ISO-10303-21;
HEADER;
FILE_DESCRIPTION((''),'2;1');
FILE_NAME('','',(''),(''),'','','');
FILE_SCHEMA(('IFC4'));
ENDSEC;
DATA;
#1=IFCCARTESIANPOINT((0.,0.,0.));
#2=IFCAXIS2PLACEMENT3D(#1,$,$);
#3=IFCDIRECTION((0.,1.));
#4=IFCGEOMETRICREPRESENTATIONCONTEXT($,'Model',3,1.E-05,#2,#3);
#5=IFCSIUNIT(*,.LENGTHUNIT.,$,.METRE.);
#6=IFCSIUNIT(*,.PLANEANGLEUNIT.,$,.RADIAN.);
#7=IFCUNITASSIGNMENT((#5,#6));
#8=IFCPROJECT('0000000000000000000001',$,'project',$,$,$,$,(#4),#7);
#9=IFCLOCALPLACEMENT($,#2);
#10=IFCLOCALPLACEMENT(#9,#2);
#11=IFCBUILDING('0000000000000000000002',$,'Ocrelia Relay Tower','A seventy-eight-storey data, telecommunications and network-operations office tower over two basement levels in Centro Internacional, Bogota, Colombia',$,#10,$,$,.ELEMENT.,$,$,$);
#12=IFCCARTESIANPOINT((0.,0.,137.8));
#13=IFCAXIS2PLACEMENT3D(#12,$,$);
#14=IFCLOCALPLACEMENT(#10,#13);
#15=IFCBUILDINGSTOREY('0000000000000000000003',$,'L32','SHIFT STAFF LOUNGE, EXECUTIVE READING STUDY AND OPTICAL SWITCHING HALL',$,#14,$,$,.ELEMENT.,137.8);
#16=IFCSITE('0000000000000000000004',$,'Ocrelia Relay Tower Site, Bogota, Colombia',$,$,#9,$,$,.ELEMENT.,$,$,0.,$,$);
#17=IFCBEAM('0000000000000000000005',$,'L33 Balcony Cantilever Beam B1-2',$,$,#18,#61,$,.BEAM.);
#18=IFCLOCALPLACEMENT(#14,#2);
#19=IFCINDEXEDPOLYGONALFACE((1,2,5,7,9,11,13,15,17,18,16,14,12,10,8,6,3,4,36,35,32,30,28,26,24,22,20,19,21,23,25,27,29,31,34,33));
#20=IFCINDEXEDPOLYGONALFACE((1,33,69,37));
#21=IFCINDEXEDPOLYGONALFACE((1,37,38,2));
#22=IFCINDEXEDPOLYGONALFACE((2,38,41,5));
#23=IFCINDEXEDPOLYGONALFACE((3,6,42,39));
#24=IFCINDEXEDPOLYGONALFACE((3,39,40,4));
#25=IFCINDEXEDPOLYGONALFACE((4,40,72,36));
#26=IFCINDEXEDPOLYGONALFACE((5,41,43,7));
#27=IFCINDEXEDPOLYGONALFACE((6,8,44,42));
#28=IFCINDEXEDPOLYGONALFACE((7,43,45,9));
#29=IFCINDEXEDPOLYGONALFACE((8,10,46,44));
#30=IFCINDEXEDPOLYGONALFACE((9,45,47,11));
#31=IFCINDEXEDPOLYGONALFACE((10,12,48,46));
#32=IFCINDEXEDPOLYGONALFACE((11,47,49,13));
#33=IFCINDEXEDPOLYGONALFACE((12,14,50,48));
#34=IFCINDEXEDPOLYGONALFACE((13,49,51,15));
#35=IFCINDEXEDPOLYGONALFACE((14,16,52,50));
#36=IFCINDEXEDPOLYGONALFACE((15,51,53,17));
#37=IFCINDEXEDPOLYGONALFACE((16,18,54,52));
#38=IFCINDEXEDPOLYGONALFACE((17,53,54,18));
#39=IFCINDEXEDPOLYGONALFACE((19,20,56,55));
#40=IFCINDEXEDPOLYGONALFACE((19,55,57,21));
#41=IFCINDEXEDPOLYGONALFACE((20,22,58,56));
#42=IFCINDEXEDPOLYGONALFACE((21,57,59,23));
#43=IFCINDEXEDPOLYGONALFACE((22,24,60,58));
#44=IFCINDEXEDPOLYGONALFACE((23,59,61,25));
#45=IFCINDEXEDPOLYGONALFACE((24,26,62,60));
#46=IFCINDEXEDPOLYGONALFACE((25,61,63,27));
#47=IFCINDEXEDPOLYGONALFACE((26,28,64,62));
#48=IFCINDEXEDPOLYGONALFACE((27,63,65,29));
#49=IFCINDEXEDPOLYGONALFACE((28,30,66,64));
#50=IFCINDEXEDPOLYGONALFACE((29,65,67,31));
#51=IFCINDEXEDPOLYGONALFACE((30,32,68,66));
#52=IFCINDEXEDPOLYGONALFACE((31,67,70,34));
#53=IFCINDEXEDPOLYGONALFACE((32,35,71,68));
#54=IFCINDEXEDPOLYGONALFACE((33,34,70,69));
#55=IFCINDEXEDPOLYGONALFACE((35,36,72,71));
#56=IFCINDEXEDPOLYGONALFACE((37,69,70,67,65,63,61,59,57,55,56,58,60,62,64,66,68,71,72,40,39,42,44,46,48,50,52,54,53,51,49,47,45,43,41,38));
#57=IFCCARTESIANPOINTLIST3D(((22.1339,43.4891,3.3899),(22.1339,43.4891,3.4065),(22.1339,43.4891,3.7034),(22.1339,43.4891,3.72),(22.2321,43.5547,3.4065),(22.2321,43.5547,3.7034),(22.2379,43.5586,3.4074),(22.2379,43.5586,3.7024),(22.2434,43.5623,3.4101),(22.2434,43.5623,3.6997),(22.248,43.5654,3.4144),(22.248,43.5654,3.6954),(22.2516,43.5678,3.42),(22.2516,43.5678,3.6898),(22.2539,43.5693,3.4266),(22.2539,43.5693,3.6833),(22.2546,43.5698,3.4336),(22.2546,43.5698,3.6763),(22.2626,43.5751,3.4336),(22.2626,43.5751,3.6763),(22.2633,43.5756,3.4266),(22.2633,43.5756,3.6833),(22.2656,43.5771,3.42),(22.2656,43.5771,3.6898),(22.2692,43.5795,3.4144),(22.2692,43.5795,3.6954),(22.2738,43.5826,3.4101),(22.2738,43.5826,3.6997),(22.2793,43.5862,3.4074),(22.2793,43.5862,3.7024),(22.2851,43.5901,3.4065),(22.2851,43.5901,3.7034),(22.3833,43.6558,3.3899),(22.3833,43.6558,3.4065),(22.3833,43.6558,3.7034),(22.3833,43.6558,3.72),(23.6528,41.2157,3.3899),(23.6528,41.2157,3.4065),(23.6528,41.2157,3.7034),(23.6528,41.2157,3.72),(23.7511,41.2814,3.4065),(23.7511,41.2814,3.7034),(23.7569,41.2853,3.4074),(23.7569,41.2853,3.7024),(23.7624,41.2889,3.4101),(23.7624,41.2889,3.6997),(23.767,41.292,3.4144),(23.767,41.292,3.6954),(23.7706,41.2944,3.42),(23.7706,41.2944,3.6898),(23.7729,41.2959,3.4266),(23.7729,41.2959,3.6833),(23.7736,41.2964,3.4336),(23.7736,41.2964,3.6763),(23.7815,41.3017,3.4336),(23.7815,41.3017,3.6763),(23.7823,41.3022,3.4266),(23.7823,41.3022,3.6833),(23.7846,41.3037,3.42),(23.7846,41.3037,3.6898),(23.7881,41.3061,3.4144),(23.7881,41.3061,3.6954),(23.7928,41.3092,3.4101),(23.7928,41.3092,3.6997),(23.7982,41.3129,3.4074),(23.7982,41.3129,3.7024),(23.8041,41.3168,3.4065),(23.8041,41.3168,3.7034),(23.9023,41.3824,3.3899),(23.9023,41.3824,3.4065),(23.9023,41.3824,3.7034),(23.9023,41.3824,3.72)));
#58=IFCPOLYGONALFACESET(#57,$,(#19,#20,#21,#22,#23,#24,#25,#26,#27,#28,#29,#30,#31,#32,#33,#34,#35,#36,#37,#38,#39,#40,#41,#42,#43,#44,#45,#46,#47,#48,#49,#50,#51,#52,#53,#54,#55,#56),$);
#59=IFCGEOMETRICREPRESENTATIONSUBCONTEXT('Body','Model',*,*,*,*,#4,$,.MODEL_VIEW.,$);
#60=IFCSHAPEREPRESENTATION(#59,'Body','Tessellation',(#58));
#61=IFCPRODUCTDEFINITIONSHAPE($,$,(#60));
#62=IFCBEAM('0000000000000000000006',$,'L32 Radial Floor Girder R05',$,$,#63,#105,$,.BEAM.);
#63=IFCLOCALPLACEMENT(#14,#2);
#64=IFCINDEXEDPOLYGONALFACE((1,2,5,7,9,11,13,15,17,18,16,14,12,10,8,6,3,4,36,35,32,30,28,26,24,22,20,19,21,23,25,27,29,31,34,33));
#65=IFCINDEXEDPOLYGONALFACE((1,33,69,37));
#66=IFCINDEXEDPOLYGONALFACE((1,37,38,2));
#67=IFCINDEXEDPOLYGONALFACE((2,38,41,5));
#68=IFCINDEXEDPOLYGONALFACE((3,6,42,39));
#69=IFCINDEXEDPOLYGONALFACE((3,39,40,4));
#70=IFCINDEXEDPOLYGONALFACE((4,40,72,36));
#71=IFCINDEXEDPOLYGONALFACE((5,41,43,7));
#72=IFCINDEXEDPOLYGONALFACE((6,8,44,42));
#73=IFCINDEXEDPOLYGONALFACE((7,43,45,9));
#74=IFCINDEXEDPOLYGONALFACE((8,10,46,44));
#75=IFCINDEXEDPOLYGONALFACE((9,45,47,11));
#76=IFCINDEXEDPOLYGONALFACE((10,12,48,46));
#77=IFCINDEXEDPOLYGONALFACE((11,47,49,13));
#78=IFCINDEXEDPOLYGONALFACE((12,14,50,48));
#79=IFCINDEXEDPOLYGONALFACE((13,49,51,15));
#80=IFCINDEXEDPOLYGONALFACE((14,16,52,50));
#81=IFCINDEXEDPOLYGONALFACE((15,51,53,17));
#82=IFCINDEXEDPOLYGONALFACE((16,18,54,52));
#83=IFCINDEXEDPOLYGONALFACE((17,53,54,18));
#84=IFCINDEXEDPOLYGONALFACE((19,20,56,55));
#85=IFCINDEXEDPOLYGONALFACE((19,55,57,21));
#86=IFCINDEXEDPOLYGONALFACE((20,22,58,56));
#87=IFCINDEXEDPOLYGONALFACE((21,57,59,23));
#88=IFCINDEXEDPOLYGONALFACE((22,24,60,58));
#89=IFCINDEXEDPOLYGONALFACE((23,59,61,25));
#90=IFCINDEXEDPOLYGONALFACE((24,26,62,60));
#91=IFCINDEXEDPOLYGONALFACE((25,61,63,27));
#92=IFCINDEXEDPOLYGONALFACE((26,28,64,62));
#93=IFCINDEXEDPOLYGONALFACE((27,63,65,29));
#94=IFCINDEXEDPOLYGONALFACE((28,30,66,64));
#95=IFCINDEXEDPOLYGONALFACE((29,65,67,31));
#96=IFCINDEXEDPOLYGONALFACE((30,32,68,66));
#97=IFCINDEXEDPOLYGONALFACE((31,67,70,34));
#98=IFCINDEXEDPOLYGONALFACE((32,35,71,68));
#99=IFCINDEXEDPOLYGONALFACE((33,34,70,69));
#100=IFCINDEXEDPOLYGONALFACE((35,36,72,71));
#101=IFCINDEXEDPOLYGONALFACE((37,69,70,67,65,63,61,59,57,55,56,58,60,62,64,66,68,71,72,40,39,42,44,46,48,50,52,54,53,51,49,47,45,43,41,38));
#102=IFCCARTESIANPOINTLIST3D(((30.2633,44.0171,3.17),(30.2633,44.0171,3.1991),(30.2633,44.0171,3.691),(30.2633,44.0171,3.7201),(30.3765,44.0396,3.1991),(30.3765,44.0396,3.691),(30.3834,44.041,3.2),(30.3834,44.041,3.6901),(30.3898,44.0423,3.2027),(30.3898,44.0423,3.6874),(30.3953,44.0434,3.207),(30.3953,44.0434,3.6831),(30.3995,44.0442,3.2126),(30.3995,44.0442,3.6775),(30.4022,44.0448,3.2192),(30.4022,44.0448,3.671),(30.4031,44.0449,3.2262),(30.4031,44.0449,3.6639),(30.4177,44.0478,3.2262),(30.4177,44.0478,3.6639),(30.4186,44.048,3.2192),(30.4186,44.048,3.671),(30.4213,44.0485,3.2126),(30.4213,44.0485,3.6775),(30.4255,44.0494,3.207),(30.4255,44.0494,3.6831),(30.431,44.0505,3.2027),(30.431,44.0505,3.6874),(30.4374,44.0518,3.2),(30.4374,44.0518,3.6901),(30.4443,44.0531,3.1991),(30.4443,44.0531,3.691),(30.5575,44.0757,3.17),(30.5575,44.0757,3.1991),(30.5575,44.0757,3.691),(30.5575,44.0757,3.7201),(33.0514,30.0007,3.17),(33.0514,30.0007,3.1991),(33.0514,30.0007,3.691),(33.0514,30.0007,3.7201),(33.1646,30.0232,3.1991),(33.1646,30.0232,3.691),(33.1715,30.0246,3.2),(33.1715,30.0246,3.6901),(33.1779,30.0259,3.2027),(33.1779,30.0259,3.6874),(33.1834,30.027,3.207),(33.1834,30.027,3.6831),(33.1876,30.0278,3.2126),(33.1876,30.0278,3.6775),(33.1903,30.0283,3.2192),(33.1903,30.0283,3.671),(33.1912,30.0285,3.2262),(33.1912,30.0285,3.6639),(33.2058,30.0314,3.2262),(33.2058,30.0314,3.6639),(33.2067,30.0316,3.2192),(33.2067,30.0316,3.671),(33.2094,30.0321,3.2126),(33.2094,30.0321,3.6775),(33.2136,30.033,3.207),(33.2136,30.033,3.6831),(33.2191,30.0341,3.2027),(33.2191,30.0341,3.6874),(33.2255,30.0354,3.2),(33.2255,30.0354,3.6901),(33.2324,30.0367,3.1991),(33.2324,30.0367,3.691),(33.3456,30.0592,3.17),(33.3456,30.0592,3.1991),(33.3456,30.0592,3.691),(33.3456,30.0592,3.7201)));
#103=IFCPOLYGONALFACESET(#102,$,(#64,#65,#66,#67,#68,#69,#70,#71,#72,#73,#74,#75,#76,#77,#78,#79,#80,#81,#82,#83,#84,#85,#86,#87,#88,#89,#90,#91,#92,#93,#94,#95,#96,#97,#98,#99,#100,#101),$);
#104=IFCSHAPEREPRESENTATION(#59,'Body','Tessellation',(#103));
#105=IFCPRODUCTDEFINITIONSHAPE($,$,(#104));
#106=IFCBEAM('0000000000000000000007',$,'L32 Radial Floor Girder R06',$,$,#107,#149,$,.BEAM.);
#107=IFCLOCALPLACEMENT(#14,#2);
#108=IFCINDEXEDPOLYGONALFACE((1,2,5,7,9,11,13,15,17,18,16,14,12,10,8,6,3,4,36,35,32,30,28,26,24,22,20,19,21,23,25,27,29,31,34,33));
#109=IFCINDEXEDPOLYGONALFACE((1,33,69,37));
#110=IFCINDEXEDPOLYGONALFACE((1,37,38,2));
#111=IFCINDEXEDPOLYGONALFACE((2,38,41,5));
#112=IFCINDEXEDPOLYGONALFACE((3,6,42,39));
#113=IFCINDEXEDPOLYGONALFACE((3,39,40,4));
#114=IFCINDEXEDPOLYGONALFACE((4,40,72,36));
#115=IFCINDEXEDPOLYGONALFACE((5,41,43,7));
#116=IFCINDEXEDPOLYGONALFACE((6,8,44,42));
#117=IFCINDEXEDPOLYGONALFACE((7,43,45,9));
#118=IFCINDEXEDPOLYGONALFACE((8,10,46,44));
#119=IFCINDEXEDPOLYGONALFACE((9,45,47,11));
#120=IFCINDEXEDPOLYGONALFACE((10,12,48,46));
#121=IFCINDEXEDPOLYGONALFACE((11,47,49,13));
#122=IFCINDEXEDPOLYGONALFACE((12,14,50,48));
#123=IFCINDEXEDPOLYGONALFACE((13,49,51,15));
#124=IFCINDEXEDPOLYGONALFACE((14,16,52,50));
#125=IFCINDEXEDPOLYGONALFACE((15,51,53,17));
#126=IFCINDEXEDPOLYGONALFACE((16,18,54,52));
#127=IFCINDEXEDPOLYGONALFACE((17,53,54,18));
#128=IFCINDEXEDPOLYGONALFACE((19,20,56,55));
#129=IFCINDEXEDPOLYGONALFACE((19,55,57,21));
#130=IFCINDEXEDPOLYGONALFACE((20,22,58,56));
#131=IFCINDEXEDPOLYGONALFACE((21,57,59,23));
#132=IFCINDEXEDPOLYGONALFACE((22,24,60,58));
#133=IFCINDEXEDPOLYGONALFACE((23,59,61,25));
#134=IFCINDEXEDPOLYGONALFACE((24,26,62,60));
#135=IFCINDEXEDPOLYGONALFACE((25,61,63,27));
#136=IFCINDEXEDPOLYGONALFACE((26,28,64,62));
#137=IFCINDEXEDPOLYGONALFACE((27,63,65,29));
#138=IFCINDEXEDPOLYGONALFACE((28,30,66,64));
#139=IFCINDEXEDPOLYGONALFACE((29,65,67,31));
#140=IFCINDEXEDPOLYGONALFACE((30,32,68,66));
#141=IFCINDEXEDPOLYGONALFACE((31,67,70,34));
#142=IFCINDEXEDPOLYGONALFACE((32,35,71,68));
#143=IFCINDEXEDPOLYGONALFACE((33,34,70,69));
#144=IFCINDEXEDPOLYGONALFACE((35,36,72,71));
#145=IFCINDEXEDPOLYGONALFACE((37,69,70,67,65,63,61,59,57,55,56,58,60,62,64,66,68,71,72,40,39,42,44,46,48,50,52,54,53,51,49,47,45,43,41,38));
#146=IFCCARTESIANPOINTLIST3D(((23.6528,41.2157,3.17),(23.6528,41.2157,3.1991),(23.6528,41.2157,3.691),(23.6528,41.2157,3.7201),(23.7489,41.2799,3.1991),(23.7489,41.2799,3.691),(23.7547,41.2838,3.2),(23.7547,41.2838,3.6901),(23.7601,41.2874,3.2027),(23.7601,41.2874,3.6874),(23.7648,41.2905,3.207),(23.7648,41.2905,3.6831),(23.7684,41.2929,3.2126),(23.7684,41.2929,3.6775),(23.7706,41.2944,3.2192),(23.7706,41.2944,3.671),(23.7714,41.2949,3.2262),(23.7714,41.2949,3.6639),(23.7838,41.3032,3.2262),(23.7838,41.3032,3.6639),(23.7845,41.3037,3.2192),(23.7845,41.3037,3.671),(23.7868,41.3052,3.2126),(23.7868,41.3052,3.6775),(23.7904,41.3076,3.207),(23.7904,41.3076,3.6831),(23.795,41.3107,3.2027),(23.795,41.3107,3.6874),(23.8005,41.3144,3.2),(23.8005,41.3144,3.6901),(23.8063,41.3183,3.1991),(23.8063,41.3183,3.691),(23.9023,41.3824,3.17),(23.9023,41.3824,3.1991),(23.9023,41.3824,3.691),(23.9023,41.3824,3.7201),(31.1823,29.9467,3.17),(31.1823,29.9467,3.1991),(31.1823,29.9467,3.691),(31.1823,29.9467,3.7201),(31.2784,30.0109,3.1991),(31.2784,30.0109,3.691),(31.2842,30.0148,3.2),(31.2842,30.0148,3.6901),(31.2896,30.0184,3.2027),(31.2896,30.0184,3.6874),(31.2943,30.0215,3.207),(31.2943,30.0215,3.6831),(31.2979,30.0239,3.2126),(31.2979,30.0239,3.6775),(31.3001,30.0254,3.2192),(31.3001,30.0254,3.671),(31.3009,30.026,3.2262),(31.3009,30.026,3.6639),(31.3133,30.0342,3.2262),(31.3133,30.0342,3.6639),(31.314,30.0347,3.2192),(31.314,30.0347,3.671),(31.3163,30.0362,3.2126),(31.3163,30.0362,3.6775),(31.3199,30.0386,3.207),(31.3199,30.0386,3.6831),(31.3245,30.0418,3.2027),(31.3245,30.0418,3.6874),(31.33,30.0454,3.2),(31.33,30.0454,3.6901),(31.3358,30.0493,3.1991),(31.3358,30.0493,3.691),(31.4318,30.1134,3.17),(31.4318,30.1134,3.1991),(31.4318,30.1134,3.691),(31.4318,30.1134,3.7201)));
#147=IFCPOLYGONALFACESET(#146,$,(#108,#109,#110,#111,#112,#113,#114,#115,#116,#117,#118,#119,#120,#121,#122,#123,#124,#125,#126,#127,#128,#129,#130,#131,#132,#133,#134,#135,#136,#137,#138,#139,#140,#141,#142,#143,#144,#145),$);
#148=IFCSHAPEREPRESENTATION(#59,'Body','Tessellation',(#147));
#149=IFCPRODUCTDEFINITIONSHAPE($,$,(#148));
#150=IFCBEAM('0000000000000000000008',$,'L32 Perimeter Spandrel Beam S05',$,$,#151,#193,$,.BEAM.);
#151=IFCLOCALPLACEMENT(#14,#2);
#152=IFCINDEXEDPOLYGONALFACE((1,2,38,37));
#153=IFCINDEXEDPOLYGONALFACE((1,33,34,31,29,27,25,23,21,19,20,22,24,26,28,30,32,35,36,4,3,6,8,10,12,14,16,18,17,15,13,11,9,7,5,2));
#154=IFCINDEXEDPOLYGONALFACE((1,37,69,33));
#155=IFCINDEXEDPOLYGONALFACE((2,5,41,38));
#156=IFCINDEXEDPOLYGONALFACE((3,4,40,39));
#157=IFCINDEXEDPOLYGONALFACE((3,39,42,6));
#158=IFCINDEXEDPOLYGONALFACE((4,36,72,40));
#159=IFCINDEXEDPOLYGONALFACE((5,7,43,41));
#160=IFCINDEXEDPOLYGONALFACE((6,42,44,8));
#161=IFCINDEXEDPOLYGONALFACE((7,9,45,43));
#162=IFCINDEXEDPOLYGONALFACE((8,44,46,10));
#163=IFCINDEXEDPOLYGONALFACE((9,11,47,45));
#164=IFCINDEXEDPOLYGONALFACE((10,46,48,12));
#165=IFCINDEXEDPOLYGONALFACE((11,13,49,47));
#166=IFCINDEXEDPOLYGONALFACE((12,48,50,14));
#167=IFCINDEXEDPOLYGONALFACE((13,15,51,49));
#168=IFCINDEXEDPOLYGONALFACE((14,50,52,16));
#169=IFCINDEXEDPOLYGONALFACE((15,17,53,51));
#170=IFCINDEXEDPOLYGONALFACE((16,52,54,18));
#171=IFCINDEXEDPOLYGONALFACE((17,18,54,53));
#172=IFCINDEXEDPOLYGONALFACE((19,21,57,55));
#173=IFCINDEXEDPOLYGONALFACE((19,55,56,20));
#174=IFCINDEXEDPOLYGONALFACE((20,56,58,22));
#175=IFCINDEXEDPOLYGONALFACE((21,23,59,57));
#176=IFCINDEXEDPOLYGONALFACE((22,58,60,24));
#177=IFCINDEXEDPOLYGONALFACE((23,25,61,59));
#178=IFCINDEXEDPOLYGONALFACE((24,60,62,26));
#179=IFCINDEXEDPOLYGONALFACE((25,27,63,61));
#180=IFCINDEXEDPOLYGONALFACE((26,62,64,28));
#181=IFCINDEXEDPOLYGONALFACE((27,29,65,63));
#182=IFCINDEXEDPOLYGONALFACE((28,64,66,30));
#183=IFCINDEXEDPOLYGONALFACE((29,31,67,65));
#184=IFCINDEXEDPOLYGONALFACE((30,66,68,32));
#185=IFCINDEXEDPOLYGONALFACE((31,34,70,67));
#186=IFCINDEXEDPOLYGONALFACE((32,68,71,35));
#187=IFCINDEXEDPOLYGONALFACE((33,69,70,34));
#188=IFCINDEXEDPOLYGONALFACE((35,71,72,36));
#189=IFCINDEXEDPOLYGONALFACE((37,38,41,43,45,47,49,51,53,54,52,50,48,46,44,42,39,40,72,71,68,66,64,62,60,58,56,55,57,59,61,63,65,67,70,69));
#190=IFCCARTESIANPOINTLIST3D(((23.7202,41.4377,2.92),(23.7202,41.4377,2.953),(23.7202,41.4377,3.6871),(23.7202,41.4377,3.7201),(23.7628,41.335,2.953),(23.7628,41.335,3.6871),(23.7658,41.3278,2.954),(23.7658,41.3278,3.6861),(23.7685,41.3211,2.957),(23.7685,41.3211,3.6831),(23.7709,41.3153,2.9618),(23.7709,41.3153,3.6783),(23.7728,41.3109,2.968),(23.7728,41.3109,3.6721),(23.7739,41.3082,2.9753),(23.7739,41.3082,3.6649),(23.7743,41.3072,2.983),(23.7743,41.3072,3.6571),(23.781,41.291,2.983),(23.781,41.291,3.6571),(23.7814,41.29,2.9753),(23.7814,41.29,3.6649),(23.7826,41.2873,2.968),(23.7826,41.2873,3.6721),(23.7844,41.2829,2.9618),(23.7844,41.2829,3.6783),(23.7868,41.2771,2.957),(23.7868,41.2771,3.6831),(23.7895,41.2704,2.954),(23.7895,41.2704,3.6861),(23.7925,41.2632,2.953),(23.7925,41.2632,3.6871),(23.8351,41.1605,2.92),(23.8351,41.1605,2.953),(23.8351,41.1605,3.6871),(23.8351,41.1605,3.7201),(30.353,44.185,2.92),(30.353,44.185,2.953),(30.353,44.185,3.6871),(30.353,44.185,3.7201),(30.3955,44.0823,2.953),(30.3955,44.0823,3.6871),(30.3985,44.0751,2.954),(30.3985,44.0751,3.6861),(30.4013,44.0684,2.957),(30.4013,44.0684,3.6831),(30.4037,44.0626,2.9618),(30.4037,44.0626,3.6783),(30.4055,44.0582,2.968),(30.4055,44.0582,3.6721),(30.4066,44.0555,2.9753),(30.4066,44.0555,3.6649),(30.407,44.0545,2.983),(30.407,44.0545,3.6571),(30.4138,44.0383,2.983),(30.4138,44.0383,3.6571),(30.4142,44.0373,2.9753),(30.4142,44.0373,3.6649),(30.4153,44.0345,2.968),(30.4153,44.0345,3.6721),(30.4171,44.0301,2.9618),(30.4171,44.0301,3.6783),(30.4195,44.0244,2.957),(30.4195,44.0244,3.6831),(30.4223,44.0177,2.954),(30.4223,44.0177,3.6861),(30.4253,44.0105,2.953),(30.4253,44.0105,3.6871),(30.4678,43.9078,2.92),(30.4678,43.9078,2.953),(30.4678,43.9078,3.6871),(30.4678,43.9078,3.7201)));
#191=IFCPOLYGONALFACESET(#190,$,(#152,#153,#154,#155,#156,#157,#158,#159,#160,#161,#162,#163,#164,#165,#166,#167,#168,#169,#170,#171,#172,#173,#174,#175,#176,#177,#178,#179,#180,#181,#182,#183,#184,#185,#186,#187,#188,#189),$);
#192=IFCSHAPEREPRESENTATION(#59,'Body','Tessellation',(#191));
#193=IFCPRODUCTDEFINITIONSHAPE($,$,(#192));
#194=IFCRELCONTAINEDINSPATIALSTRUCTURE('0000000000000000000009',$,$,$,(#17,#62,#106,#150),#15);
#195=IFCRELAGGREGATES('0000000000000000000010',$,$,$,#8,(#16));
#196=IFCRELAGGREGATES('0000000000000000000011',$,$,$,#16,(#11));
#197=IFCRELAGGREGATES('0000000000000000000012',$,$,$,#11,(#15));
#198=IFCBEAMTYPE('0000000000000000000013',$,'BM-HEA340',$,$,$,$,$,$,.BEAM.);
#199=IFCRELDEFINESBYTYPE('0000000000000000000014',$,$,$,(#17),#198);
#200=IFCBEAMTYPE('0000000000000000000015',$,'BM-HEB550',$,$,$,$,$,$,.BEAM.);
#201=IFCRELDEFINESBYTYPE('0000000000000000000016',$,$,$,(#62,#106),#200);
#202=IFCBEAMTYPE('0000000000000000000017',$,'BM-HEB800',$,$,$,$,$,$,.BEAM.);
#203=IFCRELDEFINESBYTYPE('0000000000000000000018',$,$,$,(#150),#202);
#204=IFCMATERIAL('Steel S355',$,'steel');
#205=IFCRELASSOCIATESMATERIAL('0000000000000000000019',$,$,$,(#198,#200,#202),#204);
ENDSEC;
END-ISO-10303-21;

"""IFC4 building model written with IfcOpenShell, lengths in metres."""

from ifc_helpers import new_model, si_unit, direction, frame, origin, origin_2d, place, context, subcontext, project, spatial, i_section, extrude, material, material_profile, profile_set, type_object, element, save


model = new_model("IFC4")

# Units and contexts
model_context = context("Model", 3, precision=1e-05, world=origin(), true_north=direction((0.0, 1.0)))
body_context = subcontext(model_context, "Body", "Model", "MODEL_VIEW")
ifc_project = project(units=[si_unit("LENGTHUNIT", "METRE"), si_unit("PLANEANGLEUNIT", "RADIAN")], contexts=[model_context])

# Site, building, storey
site_placement = place(None, origin())
site = spatial("IfcSite", under=ifc_project, at=site_placement, Name="Ocrelia Relay Tower Site, Bogota, Colombia", CompositionType="ELEMENT", RefElevation=0.0)
building_placement = place(site_placement, origin())
building = spatial("IfcBuilding", under=site, at=building_placement, Name="Ocrelia Relay Tower", Description="A seventy-eight-storey data, telecommunications and network-operations office tower over two basement levels in Centro Internacional, Bogota, Colombia", CompositionType="ELEMENT")
storey_placement = place(building_placement, frame((0.0, 0.0, 137.8)))
storey = spatial("IfcBuildingStorey", under=building, at=storey_placement, Name="L32", Description="SHIFT STAFF LOUNGE, EXECUTIVE READING STUDY AND OPTICAL SWITCHING HALL", CompositionType="ELEMENT", Elevation=137.8)

# Beams
ifc_material_1 = material(Name="Steel S355", Category="steel")
ifc_material_profile_1 = material_profile(ifc_material_1, i_section(OverallWidth=0.3, OverallDepth=0.3301, WebThickness=0.0095, FlangeThickness=0.0166, FilletRadius=0.0271, at=origin_2d()), Name="HEA 340")
ifc_profile_set_1 = profile_set([ifc_material_profile_1], Name="Steel S355")
beam_type_1 = type_object("IfcBeamType", Name="BM-HEA340", PredefinedType="BEAM", material=ifc_profile_set_1)
beam_1_placement = place(storey_placement, frame((23.7776, 41.2991, 3.5549), z_axis=(-0.555565, 0.831473, 0.0), x_axis=(-0.831473, -0.555565, 0.0)))
element("IfcBeam", 1, at=beam_1_placement, inside=storey, type_object=beam_type_1, Name="L33 Balcony Cantilever Beam B1-2", PredefinedType="BEAM", context=body_context, shape_type="SweptSolid", body=[
    extrude(i_section(OverallWidth=0.3, OverallDepth=0.3301, WebThickness=0.0095, FlangeThickness=0.0166, FilletRadius=0.0271, at=origin_2d()), origin(), (0.0, 0.0, 1.0), 2.7341),
])
ifc_material_profile_2 = material_profile(ifc_material_1, i_section(OverallWidth=0.3, OverallDepth=0.55, WebThickness=0.0149, FlangeThickness=0.0291, FilletRadius=0.0271, at=origin_2d()), Name="HEB 550")
ifc_profile_set_2 = profile_set([ifc_material_profile_2], Name="Steel S355")
beam_type_2 = type_object("IfcBeamType", Name="BM-HEB550", PredefinedType="BEAM", material=ifc_profile_set_2)
beam_2_placement = place(storey_placement, frame((30.4104, 44.0464, 3.4451), z_axis=(0.195094, -0.980784, 0.0), x_axis=(0.980784, 0.195094, 0.0)))
element("IfcBeam", 2, at=beam_2_placement, inside=storey, type_object=beam_type_2, Name="L32 Radial Floor Girder R05", PredefinedType="BEAM", context=body_context, shape_type="SweptSolid", body=[
    extrude(i_section(OverallWidth=0.3, OverallDepth=0.55, WebThickness=0.0149, FlangeThickness=0.0291, FilletRadius=0.0271, at=origin_2d()), origin(), (0.0, 0.0, 1.0), 14.291),
])
beam_3_placement = place(storey_placement, frame((23.7776, 41.2991, 3.4451), z_axis=(0.55556, -0.831476, 0.0), x_axis=(0.831476, 0.55556, 0.0)))
element("IfcBeam", 3, at=beam_3_placement, inside=storey, type_object=beam_type_2, Name="L32 Radial Floor Girder R06", PredefinedType="BEAM", context=body_context, shape_type="SweptSolid", body=[
    extrude(i_section(OverallWidth=0.3, OverallDepth=0.55, WebThickness=0.0149, FlangeThickness=0.0291, FilletRadius=0.0271, at=origin_2d()), origin(), (0.0, 0.0, 1.0), 13.553),
])
ifc_material_profile_3 = material_profile(ifc_material_1, i_section(OverallWidth=0.3, OverallDepth=0.8, WebThickness=0.0176, FlangeThickness=0.033, FilletRadius=0.03, at=origin_2d()), Name="HEB 800")
ifc_profile_set_3 = profile_set([ifc_material_profile_3], Name="Steel S355")
beam_type_3 = type_object("IfcBeamType", Name="BM-HEB800", PredefinedType="BEAM", material=ifc_profile_set_3)
beam_4_placement = place(storey_placement, frame((30.4104, 44.0464, 3.3201), z_axis=(-0.923884, -0.382673, 0.0), x_axis=(0.382673, -0.923884, 0.0)))
element("IfcBeam", 4, at=beam_4_placement, inside=storey, type_object=beam_type_3, Name="L32 Perimeter Spandrel Beam S05", PredefinedType="BEAM", context=body_context, shape_type="SweptSolid", body=[
    extrude(i_section(OverallWidth=0.3, OverallDepth=0.8, WebThickness=0.0176, FlangeThickness=0.033, FilletRadius=0.03, at=origin_2d()), origin(), (0.0, 0.0, 1.0), 7.1792),
])

save(model, "model.ifc")
